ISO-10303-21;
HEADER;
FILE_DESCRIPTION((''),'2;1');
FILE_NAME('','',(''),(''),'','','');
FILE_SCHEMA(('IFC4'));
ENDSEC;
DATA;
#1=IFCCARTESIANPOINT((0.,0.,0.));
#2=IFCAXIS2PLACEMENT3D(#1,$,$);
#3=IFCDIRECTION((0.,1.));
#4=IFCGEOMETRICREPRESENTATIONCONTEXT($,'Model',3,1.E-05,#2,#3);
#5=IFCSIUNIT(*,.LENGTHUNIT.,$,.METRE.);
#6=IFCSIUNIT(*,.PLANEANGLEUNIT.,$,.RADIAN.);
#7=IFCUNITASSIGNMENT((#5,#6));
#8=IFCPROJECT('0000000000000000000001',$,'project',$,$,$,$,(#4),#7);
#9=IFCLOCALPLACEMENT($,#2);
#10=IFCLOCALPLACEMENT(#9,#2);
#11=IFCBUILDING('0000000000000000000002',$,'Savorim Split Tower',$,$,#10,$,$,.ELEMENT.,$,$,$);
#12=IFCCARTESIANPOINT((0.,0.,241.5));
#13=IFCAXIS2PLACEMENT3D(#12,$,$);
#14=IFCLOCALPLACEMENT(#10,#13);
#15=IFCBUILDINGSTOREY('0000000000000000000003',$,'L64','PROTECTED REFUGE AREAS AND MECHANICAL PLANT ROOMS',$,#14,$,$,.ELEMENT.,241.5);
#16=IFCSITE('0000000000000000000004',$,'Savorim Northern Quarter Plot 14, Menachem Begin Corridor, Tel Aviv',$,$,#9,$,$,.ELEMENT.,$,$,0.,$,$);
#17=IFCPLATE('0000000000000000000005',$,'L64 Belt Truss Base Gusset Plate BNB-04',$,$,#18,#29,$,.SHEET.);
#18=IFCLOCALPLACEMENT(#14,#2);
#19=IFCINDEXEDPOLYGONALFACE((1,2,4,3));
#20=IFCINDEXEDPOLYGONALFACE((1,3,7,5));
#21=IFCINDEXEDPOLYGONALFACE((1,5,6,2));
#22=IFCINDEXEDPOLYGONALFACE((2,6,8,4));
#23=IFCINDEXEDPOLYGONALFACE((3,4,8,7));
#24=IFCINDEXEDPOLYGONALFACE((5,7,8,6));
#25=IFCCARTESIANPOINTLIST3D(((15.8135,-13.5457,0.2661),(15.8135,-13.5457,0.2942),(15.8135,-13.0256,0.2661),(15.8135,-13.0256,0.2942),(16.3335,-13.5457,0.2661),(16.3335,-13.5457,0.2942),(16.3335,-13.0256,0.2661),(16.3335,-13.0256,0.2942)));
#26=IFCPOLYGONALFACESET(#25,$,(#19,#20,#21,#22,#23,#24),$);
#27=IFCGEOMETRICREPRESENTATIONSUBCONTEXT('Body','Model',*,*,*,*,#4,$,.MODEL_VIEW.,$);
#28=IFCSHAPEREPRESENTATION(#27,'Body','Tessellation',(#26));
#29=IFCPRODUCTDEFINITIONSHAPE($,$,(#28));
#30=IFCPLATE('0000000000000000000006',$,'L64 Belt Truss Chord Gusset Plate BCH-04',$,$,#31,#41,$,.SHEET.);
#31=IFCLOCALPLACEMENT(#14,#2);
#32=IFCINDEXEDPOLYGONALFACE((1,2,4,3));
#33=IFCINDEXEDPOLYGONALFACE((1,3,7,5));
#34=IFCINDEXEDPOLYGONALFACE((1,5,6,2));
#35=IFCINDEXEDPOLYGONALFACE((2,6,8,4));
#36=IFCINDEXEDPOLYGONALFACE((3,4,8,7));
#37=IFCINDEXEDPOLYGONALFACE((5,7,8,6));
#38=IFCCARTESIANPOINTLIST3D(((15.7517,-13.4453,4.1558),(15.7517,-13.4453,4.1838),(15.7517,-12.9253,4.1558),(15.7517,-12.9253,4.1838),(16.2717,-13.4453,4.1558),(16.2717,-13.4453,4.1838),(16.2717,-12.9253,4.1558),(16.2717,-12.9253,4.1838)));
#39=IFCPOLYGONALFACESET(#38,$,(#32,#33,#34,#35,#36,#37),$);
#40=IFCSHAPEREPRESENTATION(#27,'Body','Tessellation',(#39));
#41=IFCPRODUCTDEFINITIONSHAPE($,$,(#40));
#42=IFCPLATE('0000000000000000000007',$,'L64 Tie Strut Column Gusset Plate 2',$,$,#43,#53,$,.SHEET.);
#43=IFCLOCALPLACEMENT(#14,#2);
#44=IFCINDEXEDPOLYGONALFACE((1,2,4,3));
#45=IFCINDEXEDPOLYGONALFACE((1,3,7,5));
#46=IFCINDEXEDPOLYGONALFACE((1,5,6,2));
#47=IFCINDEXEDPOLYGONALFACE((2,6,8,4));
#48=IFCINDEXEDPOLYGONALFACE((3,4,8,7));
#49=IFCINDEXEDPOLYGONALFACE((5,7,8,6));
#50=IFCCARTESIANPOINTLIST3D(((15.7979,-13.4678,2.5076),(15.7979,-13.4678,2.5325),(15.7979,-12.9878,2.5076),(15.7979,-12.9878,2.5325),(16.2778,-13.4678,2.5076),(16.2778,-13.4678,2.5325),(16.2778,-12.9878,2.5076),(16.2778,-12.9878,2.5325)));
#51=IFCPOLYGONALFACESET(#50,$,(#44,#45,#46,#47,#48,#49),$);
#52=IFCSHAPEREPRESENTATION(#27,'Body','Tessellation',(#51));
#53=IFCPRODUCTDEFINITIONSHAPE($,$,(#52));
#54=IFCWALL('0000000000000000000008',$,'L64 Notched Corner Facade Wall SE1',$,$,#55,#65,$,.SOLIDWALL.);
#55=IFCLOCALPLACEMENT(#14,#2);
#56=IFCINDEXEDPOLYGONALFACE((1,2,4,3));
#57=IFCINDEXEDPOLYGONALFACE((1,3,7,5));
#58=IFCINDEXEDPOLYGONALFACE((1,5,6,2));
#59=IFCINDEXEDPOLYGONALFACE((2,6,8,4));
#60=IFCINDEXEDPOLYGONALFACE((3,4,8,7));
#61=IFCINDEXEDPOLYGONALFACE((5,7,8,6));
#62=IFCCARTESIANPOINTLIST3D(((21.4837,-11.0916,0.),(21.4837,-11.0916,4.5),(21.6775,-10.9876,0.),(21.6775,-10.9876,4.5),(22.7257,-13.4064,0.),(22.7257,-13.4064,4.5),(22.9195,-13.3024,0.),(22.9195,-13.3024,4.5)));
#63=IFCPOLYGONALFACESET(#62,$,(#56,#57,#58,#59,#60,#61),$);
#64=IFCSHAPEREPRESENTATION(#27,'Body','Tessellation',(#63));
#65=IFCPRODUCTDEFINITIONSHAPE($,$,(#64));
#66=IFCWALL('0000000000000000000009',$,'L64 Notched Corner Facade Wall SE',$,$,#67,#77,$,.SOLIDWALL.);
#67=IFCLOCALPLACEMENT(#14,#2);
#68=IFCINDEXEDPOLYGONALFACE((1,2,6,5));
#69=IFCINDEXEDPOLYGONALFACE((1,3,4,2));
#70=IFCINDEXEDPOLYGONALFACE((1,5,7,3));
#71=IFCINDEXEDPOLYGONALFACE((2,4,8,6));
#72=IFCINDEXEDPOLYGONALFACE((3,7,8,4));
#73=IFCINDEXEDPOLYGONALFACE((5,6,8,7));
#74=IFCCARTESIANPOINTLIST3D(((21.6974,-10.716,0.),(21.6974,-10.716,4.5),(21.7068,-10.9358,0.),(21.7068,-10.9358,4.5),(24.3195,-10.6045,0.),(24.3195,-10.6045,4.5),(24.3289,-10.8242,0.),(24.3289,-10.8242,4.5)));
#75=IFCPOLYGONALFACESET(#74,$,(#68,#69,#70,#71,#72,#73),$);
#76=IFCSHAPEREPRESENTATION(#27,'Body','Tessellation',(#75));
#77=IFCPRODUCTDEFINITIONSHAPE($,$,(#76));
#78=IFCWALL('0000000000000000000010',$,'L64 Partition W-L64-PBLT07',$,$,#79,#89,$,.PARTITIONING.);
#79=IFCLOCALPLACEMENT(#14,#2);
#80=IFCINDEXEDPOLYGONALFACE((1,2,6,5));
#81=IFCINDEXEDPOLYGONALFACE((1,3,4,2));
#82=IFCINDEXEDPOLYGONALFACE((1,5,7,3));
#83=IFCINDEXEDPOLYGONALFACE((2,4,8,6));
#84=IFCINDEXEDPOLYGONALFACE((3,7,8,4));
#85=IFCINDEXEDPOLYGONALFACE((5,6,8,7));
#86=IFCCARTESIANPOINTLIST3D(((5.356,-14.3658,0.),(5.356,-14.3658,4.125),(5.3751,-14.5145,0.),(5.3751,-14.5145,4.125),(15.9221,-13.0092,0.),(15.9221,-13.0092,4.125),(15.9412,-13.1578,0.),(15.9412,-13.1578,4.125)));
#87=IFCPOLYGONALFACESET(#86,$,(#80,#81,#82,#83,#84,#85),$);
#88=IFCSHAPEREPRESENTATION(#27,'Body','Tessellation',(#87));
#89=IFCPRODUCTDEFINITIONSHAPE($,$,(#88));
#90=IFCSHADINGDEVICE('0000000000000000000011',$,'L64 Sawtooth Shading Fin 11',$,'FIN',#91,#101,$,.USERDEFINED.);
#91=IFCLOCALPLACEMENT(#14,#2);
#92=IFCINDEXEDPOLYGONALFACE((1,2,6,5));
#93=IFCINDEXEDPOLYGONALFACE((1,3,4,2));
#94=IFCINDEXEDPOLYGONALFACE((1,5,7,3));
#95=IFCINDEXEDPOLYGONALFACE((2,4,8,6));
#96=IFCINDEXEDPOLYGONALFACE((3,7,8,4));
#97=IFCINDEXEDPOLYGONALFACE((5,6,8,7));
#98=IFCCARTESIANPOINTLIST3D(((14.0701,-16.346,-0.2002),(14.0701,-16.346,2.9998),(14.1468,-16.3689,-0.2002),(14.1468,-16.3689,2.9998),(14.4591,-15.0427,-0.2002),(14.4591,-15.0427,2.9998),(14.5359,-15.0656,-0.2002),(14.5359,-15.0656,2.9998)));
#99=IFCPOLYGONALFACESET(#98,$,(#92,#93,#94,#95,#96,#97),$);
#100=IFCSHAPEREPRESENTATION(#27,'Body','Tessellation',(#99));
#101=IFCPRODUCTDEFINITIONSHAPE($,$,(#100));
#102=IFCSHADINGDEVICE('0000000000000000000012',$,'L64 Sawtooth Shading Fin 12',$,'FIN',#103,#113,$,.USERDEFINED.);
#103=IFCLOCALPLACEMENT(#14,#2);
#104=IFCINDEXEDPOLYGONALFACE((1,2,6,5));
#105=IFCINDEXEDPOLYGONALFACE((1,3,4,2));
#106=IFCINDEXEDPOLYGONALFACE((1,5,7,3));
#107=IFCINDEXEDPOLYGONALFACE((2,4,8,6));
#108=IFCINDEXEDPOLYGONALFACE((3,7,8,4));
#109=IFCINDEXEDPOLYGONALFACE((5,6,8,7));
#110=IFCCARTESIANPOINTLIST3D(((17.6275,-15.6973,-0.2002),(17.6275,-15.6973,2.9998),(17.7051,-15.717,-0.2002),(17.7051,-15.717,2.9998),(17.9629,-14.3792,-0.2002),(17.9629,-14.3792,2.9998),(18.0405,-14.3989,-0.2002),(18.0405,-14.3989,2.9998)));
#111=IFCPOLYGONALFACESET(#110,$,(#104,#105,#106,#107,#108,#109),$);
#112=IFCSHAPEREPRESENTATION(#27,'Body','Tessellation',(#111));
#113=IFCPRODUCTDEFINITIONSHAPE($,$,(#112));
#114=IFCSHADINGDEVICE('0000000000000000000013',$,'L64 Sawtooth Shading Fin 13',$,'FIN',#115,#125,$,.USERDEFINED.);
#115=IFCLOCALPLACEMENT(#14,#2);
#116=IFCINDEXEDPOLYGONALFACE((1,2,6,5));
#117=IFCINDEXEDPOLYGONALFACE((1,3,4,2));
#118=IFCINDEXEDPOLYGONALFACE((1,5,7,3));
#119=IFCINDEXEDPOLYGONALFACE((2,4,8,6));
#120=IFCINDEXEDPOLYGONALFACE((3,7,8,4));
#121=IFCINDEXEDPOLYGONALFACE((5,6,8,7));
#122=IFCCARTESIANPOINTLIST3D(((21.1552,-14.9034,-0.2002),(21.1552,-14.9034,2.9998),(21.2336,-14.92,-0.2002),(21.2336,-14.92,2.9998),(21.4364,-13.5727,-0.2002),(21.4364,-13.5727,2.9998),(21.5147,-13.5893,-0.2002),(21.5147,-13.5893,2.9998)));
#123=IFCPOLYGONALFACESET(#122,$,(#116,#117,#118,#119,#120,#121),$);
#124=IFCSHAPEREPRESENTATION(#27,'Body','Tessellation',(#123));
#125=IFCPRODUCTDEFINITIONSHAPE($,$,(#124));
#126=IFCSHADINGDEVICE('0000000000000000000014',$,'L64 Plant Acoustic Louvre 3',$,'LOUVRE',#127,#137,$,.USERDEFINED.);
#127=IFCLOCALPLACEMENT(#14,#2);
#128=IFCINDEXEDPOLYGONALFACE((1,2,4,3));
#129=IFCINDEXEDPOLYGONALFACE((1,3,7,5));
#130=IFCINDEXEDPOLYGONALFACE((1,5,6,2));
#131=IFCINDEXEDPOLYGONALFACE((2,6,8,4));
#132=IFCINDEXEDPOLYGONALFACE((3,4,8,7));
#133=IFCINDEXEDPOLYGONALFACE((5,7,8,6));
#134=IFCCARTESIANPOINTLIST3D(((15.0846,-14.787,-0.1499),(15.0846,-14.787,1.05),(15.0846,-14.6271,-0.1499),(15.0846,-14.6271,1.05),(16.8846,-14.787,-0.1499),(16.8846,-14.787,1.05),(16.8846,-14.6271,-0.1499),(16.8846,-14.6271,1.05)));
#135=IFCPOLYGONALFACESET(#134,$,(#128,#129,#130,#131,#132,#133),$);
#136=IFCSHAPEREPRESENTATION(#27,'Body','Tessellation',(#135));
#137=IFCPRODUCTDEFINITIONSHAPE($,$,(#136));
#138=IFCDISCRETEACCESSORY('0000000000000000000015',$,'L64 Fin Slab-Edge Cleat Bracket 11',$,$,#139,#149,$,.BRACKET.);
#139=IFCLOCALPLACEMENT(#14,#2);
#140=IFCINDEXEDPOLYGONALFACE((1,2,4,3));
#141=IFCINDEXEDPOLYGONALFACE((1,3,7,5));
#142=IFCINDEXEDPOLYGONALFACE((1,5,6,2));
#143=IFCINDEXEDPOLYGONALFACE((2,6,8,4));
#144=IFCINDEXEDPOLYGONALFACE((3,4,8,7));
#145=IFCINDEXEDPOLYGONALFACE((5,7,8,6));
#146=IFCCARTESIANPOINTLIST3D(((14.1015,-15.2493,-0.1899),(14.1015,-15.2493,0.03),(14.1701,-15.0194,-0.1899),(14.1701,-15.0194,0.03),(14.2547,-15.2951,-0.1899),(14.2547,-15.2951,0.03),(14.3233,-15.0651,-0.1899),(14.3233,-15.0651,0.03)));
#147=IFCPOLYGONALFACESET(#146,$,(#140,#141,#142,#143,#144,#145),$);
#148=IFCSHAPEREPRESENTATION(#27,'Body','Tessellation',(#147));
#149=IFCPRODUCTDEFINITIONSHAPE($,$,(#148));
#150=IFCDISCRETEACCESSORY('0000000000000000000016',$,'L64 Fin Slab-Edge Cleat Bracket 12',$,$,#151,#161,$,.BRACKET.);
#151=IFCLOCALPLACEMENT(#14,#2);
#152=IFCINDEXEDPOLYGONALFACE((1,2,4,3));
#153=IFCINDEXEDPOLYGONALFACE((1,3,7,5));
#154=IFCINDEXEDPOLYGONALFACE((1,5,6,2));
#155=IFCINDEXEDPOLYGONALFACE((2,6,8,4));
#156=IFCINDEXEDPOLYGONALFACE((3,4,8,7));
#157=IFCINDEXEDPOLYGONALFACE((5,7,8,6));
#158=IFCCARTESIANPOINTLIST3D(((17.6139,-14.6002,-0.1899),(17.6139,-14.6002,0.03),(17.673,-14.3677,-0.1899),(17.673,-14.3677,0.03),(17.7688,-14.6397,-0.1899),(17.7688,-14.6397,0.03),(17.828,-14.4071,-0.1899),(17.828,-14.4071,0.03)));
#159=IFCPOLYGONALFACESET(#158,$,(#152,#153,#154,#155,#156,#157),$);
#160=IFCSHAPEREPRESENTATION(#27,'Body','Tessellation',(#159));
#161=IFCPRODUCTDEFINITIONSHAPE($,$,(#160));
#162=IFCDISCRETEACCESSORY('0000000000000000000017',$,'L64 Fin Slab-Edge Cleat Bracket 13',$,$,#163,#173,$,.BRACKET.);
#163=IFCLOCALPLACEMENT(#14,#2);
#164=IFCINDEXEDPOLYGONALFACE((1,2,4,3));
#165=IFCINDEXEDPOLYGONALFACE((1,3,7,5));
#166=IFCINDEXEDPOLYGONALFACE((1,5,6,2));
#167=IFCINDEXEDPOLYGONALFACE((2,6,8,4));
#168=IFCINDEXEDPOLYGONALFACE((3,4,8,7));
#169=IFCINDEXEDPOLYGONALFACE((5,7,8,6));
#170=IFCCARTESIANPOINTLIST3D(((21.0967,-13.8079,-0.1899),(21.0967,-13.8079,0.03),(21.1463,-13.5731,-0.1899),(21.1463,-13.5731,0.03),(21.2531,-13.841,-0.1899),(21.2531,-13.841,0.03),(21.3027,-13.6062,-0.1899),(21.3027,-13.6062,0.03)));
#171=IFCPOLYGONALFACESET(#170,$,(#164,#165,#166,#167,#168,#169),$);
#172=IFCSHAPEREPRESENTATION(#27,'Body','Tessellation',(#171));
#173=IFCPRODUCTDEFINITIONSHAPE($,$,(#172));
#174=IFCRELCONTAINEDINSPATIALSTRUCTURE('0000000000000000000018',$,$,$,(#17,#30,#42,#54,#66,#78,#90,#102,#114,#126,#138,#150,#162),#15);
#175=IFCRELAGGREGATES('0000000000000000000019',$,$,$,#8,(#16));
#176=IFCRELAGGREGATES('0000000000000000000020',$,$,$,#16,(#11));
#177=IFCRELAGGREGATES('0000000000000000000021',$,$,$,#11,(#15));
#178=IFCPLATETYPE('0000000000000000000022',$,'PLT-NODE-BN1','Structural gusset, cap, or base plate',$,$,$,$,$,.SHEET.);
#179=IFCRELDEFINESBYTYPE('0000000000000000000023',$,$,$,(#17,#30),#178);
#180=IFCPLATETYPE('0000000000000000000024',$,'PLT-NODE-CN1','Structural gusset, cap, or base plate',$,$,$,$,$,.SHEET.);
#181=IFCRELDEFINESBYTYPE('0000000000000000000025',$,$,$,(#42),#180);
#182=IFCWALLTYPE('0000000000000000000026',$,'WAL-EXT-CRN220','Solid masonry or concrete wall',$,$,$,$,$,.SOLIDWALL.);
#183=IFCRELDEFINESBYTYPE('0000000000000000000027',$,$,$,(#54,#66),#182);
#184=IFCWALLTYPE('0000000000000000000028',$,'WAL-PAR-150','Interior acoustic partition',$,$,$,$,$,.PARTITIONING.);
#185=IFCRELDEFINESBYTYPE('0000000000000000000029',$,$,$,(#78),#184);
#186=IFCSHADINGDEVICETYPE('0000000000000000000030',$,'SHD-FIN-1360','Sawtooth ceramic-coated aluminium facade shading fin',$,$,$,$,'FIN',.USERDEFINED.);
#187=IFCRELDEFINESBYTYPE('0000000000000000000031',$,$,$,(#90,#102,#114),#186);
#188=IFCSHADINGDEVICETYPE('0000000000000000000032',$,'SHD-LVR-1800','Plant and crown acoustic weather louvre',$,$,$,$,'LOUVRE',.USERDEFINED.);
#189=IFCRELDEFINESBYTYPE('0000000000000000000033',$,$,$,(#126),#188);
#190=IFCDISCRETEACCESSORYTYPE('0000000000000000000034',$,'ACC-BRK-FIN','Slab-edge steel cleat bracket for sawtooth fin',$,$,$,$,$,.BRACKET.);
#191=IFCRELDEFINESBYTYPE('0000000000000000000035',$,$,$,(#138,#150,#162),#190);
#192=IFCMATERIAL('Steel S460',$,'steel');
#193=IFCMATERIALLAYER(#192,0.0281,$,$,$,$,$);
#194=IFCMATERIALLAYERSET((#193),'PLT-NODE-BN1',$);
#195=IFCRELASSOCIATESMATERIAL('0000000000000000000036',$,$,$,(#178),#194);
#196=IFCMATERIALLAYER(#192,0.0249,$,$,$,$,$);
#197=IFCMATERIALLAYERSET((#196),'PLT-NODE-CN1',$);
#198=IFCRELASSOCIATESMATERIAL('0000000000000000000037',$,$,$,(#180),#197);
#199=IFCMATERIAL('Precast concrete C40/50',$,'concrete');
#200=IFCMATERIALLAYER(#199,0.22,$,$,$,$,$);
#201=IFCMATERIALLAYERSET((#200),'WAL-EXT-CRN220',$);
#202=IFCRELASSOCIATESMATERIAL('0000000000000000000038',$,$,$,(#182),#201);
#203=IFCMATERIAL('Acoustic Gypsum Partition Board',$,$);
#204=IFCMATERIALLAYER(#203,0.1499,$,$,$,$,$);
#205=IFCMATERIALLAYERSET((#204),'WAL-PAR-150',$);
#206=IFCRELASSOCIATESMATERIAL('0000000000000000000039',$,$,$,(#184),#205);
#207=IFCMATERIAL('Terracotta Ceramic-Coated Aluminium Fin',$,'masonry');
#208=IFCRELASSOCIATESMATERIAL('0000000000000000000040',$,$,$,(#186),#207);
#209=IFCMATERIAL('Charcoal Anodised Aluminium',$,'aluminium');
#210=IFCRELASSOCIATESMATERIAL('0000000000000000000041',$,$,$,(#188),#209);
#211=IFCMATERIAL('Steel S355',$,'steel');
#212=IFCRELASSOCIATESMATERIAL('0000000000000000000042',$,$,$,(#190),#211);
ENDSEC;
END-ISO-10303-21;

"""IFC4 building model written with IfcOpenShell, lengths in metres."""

from ifc_helpers import new_model, si_unit, direction, frame, frame_2d, origin, origin_2d, place, context, subcontext, project, spatial, rectangle, extrude, material, layer, layer_set, type_object, element, save


model = new_model("IFC4")

# Units and contexts
model_context = context("Model", 3, precision=1e-05, world=origin(), true_north=direction((0.0, 1.0)))
body_context = subcontext(model_context, "Body", "Model", "MODEL_VIEW")
ifc_project = project(units=[si_unit("LENGTHUNIT", "METRE"), si_unit("PLANEANGLEUNIT", "RADIAN")], contexts=[model_context])

# Site, building, storey
site_placement = place(None, origin())
site = spatial("IfcSite", under=ifc_project, at=site_placement, Name="Savorim Northern Quarter Plot 14, Menachem Begin Corridor, Tel Aviv", CompositionType="ELEMENT", RefElevation=0.0)
building_placement = place(site_placement, origin())
building = spatial("IfcBuilding", under=site, at=building_placement, Name="Savorim Split Tower", CompositionType="ELEMENT")
storey_placement = place(building_placement, frame((0.0, 0.0, 241.5)))
storey = spatial("IfcBuildingStorey", under=building, at=storey_placement, Name="L64", Description="PROTECTED REFUGE AREAS AND MECHANICAL PLANT ROOMS", CompositionType="ELEMENT", Elevation=241.5)

# Shared definitions
ifc_material_1 = material(Name="Steel S355", Category="steel")

# Shared definitions
ifc_material_2 = material(Name="Charcoal Anodised Aluminium", Category="aluminium")

# Shared definitions
ifc_material_3 = material(Name="Steel S460", Category="steel")

# Plates
ifc_layer_1 = layer(ifc_material_3, 0.0281)
ifc_layer_set_1 = layer_set([ifc_layer_1], Name="PLT-NODE-BN1")
plate_type_1 = type_object("IfcPlateType", Name="PLT-NODE-BN1", Description="Structural gusset, cap, or base plate", PredefinedType="SHEET", material=ifc_layer_set_1)
for number, where, z_axis, x_axis, name in (
    (1, (16.0735, -13.2856, 0.2661), (0.0, 0.0, 1.0), (1.0, 0.0, 0.0), "L64 Belt Truss Base Gusset Plate BNB-04"),
    (2, (16.0117, -13.1853, 4.1558), (0.0, 0.0, 1.0), (1.0, 0.0, 0.0), "L64 Belt Truss Chord Gusset Plate BCH-04"),
):
    element("IfcPlate", number, at=place(storey_placement, frame(where, z_axis=z_axis, x_axis=x_axis)), inside=storey, type_object=plate_type_1, Name=name, PredefinedType="SHEET", context=body_context, shape_type="SweptSolid", body=[
        extrude(rectangle(XDim=0.52, YDim=0.52, at=origin_2d()), origin(), (0.0, 0.0, 1.0), 0.0281),
    ])
ifc_layer_2 = layer(ifc_material_3, 0.0249)
ifc_layer_set_2 = layer_set([ifc_layer_2], Name="PLT-NODE-CN1")
plate_type_2 = type_object("IfcPlateType", Name="PLT-NODE-CN1", Description="Structural gusset, cap, or base plate", PredefinedType="SHEET", material=ifc_layer_set_2)
plate_1_placement = place(storey_placement, frame((16.0378, -13.2278, 2.5076), z_axis=(0.0, 0.0, 1.0), x_axis=(1.0, 0.0, 0.0)))
element("IfcPlate", 3, at=plate_1_placement, inside=storey, type_object=plate_type_2, Name="L64 Tie Strut Column Gusset Plate 2", PredefinedType="SHEET", context=body_context, shape_type="SweptSolid", body=[
    extrude(rectangle(XDim=0.48, YDim=0.48, at=origin_2d()), origin(), (0.0, 0.0, 1.0), 0.0249),
])

# Walls
ifc_material_4 = material(Name="Precast concrete C40/50", Category="concrete")
ifc_layer_3 = layer(ifc_material_4, 0.22)
ifc_layer_set_3 = layer_set([ifc_layer_3], Name="WAL-EXT-CRN220")
wall_type_1 = type_object("IfcWallType", Name="WAL-EXT-CRN220", Description="Solid masonry or concrete wall", PredefinedType="SOLIDWALL", material=ifc_layer_set_3)
wall_1_placement = place(storey_placement, frame((21.5806, -11.0396, 0.0), z_axis=(0.0, 0.0, 1.0), x_axis=(0.472791, -0.881174, 0.0)))
element("IfcWall", 4, at=wall_1_placement, inside=storey, type_object=wall_type_1, Name="L64 Notched Corner Facade Wall SE1", PredefinedType="SOLIDWALL", context=body_context, shape_type="SweptSolid", body=[
    extrude(rectangle(XDim=2.627, YDim=0.22, at=frame_2d((1.3135, 0.0))), origin(), (0.0, 0.0, 1.0), 4.5),
])
wall_2_placement = place(storey_placement, frame((24.3242, -10.7144, 0.0), z_axis=(0.0, 0.0, 1.0), x_axis=(-0.999096, -0.042513, 0.0)))
element("IfcWall", 5, at=wall_2_placement, inside=storey, type_object=wall_type_1, Name="L64 Notched Corner Facade Wall SE", PredefinedType="SOLIDWALL", context=body_context, shape_type="SweptSolid", body=[
    extrude(rectangle(XDim=2.6245, YDim=0.22, at=frame_2d((1.3123, 0.0))), origin(), (0.0, 0.0, 1.0), 4.5),
])
ifc_material_5 = material(Name="Acoustic Gypsum Partition Board")
ifc_layer_4 = layer(ifc_material_5, 0.1499)
ifc_layer_set_4 = layer_set([ifc_layer_4], Name="WAL-PAR-150")
wall_type_2 = type_object("IfcWallType", Name="WAL-PAR-150", Description="Interior acoustic partition", PredefinedType="PARTITIONING", material=ifc_layer_set_4)
wall_3_placement = place(storey_placement, frame((15.9316, -13.0835, 0.0), z_axis=(0.0, 0.0, 1.0), x_axis=(-0.991857, -0.127354, 0.0)))
element("IfcWall", 6, at=wall_3_placement, inside=storey, type_object=wall_type_2, Name="L64 Partition W-L64-PBLT07", PredefinedType="PARTITIONING", context=body_context, shape_type="SweptSolid", body=[
    extrude(rectangle(XDim=10.6528, YDim=0.1499, at=frame_2d((5.3264, 0.0))), origin(), (0.0, 0.0, 1.0), 4.125),
])

# Shading devices
ifc_material_6 = material(Name="Terracotta Ceramic-Coated Aluminium Fin", Category="masonry")
shading_device_type_1 = type_object("IfcShadingDeviceType", Name="SHD-FIN-1360", Description="Sawtooth ceramic-coated aluminium facade shading fin", ElementType="FIN", PredefinedType="USERDEFINED", material=ifc_material_6)
for number, where, z_axis, x_axis, name in (
    (7, (14.303, -15.7058, -0.2002), (0.0, 0.0, 1.0), (-0.286026, -0.958222, 0.0), "L64 Sawtooth Shading Fin 11"),
    (8, (17.834, -15.0481, -0.2002), (0.0, 0.0, 1.0), (-0.246581, -0.969122, 0.0), "L64 Sawtooth Shading Fin 12"),
    (9, (21.335, -14.2463, -0.2002), (0.0, 0.0, 1.0), (-0.206722, -0.9784, 0.0), "L64 Sawtooth Shading Fin 13"),
):
    element("IfcShadingDevice", number, at=place(storey_placement, frame(where, z_axis=z_axis, x_axis=x_axis)), inside=storey, type_object=shading_device_type_1, Name=name, ObjectType="FIN", PredefinedType="USERDEFINED", context=body_context, shape_type="SweptSolid", body=[
        extrude(rectangle(XDim=1.3601, YDim=0.0801, at=origin_2d()), origin(), (0.0, 0.0, 1.0), 3.2),
    ])
shading_device_type_2 = type_object("IfcShadingDeviceType", Name="SHD-LVR-1800", Description="Plant and crown acoustic weather louvre", ElementType="LOUVRE", PredefinedType="USERDEFINED", material=ifc_material_2)
shading_device_placement = place(storey_placement, frame((15.9846, -14.707, -0.1499), z_axis=(0.0, 0.0, 1.0), x_axis=(1.0, 0.0, 0.0)))
element("IfcShadingDevice", 10, at=shading_device_placement, inside=storey, type_object=shading_device_type_2, Name="L64 Plant Acoustic Louvre 3", ObjectType="LOUVRE", PredefinedType="USERDEFINED", context=body_context, shape_type="SweptSolid", body=[
    extrude(rectangle(XDim=1.8, YDim=0.1599, at=origin_2d()), origin(), (0.0, 0.0, 1.0), 1.2),
])

# Discrete accessories
discrete_accessory_type = type_object("IfcDiscreteAccessoryType", Name="ACC-BRK-FIN", Description="Slab-edge steel cleat bracket for sawtooth fin", PredefinedType="BRACKET", material=ifc_material_1)
for number, where, z_axis, x_axis, name in (
    (11, (14.2124, -15.1572, -0.1899), (0.0, 0.0, 1.0), (-0.286026, -0.958222, 0.0), "L64 Fin Slab-Edge Cleat Bracket 11"),
    (12, (17.7209, -14.5037, -0.1899), (0.0, 0.0, 1.0), (-0.246581, -0.969122, 0.0), "L64 Fin Slab-Edge Cleat Bracket 12"),
    (13, (21.1997, -13.707, -0.1899), (0.0, 0.0, 1.0), (-0.206722, -0.9784, 0.0), "L64 Fin Slab-Edge Cleat Bracket 13"),
):
    element("IfcDiscreteAccessory", number, at=place(storey_placement, frame(where, z_axis=z_axis, x_axis=x_axis)), inside=storey, type_object=discrete_accessory_type, Name=name, PredefinedType="BRACKET", context=body_context, shape_type="SweptSolid", body=[
        extrude(rectangle(XDim=0.24, YDim=0.1599, at=origin_2d()), origin(), (0.0, 0.0, 1.0), 0.22),
    ])

save(model, "model.ifc")
